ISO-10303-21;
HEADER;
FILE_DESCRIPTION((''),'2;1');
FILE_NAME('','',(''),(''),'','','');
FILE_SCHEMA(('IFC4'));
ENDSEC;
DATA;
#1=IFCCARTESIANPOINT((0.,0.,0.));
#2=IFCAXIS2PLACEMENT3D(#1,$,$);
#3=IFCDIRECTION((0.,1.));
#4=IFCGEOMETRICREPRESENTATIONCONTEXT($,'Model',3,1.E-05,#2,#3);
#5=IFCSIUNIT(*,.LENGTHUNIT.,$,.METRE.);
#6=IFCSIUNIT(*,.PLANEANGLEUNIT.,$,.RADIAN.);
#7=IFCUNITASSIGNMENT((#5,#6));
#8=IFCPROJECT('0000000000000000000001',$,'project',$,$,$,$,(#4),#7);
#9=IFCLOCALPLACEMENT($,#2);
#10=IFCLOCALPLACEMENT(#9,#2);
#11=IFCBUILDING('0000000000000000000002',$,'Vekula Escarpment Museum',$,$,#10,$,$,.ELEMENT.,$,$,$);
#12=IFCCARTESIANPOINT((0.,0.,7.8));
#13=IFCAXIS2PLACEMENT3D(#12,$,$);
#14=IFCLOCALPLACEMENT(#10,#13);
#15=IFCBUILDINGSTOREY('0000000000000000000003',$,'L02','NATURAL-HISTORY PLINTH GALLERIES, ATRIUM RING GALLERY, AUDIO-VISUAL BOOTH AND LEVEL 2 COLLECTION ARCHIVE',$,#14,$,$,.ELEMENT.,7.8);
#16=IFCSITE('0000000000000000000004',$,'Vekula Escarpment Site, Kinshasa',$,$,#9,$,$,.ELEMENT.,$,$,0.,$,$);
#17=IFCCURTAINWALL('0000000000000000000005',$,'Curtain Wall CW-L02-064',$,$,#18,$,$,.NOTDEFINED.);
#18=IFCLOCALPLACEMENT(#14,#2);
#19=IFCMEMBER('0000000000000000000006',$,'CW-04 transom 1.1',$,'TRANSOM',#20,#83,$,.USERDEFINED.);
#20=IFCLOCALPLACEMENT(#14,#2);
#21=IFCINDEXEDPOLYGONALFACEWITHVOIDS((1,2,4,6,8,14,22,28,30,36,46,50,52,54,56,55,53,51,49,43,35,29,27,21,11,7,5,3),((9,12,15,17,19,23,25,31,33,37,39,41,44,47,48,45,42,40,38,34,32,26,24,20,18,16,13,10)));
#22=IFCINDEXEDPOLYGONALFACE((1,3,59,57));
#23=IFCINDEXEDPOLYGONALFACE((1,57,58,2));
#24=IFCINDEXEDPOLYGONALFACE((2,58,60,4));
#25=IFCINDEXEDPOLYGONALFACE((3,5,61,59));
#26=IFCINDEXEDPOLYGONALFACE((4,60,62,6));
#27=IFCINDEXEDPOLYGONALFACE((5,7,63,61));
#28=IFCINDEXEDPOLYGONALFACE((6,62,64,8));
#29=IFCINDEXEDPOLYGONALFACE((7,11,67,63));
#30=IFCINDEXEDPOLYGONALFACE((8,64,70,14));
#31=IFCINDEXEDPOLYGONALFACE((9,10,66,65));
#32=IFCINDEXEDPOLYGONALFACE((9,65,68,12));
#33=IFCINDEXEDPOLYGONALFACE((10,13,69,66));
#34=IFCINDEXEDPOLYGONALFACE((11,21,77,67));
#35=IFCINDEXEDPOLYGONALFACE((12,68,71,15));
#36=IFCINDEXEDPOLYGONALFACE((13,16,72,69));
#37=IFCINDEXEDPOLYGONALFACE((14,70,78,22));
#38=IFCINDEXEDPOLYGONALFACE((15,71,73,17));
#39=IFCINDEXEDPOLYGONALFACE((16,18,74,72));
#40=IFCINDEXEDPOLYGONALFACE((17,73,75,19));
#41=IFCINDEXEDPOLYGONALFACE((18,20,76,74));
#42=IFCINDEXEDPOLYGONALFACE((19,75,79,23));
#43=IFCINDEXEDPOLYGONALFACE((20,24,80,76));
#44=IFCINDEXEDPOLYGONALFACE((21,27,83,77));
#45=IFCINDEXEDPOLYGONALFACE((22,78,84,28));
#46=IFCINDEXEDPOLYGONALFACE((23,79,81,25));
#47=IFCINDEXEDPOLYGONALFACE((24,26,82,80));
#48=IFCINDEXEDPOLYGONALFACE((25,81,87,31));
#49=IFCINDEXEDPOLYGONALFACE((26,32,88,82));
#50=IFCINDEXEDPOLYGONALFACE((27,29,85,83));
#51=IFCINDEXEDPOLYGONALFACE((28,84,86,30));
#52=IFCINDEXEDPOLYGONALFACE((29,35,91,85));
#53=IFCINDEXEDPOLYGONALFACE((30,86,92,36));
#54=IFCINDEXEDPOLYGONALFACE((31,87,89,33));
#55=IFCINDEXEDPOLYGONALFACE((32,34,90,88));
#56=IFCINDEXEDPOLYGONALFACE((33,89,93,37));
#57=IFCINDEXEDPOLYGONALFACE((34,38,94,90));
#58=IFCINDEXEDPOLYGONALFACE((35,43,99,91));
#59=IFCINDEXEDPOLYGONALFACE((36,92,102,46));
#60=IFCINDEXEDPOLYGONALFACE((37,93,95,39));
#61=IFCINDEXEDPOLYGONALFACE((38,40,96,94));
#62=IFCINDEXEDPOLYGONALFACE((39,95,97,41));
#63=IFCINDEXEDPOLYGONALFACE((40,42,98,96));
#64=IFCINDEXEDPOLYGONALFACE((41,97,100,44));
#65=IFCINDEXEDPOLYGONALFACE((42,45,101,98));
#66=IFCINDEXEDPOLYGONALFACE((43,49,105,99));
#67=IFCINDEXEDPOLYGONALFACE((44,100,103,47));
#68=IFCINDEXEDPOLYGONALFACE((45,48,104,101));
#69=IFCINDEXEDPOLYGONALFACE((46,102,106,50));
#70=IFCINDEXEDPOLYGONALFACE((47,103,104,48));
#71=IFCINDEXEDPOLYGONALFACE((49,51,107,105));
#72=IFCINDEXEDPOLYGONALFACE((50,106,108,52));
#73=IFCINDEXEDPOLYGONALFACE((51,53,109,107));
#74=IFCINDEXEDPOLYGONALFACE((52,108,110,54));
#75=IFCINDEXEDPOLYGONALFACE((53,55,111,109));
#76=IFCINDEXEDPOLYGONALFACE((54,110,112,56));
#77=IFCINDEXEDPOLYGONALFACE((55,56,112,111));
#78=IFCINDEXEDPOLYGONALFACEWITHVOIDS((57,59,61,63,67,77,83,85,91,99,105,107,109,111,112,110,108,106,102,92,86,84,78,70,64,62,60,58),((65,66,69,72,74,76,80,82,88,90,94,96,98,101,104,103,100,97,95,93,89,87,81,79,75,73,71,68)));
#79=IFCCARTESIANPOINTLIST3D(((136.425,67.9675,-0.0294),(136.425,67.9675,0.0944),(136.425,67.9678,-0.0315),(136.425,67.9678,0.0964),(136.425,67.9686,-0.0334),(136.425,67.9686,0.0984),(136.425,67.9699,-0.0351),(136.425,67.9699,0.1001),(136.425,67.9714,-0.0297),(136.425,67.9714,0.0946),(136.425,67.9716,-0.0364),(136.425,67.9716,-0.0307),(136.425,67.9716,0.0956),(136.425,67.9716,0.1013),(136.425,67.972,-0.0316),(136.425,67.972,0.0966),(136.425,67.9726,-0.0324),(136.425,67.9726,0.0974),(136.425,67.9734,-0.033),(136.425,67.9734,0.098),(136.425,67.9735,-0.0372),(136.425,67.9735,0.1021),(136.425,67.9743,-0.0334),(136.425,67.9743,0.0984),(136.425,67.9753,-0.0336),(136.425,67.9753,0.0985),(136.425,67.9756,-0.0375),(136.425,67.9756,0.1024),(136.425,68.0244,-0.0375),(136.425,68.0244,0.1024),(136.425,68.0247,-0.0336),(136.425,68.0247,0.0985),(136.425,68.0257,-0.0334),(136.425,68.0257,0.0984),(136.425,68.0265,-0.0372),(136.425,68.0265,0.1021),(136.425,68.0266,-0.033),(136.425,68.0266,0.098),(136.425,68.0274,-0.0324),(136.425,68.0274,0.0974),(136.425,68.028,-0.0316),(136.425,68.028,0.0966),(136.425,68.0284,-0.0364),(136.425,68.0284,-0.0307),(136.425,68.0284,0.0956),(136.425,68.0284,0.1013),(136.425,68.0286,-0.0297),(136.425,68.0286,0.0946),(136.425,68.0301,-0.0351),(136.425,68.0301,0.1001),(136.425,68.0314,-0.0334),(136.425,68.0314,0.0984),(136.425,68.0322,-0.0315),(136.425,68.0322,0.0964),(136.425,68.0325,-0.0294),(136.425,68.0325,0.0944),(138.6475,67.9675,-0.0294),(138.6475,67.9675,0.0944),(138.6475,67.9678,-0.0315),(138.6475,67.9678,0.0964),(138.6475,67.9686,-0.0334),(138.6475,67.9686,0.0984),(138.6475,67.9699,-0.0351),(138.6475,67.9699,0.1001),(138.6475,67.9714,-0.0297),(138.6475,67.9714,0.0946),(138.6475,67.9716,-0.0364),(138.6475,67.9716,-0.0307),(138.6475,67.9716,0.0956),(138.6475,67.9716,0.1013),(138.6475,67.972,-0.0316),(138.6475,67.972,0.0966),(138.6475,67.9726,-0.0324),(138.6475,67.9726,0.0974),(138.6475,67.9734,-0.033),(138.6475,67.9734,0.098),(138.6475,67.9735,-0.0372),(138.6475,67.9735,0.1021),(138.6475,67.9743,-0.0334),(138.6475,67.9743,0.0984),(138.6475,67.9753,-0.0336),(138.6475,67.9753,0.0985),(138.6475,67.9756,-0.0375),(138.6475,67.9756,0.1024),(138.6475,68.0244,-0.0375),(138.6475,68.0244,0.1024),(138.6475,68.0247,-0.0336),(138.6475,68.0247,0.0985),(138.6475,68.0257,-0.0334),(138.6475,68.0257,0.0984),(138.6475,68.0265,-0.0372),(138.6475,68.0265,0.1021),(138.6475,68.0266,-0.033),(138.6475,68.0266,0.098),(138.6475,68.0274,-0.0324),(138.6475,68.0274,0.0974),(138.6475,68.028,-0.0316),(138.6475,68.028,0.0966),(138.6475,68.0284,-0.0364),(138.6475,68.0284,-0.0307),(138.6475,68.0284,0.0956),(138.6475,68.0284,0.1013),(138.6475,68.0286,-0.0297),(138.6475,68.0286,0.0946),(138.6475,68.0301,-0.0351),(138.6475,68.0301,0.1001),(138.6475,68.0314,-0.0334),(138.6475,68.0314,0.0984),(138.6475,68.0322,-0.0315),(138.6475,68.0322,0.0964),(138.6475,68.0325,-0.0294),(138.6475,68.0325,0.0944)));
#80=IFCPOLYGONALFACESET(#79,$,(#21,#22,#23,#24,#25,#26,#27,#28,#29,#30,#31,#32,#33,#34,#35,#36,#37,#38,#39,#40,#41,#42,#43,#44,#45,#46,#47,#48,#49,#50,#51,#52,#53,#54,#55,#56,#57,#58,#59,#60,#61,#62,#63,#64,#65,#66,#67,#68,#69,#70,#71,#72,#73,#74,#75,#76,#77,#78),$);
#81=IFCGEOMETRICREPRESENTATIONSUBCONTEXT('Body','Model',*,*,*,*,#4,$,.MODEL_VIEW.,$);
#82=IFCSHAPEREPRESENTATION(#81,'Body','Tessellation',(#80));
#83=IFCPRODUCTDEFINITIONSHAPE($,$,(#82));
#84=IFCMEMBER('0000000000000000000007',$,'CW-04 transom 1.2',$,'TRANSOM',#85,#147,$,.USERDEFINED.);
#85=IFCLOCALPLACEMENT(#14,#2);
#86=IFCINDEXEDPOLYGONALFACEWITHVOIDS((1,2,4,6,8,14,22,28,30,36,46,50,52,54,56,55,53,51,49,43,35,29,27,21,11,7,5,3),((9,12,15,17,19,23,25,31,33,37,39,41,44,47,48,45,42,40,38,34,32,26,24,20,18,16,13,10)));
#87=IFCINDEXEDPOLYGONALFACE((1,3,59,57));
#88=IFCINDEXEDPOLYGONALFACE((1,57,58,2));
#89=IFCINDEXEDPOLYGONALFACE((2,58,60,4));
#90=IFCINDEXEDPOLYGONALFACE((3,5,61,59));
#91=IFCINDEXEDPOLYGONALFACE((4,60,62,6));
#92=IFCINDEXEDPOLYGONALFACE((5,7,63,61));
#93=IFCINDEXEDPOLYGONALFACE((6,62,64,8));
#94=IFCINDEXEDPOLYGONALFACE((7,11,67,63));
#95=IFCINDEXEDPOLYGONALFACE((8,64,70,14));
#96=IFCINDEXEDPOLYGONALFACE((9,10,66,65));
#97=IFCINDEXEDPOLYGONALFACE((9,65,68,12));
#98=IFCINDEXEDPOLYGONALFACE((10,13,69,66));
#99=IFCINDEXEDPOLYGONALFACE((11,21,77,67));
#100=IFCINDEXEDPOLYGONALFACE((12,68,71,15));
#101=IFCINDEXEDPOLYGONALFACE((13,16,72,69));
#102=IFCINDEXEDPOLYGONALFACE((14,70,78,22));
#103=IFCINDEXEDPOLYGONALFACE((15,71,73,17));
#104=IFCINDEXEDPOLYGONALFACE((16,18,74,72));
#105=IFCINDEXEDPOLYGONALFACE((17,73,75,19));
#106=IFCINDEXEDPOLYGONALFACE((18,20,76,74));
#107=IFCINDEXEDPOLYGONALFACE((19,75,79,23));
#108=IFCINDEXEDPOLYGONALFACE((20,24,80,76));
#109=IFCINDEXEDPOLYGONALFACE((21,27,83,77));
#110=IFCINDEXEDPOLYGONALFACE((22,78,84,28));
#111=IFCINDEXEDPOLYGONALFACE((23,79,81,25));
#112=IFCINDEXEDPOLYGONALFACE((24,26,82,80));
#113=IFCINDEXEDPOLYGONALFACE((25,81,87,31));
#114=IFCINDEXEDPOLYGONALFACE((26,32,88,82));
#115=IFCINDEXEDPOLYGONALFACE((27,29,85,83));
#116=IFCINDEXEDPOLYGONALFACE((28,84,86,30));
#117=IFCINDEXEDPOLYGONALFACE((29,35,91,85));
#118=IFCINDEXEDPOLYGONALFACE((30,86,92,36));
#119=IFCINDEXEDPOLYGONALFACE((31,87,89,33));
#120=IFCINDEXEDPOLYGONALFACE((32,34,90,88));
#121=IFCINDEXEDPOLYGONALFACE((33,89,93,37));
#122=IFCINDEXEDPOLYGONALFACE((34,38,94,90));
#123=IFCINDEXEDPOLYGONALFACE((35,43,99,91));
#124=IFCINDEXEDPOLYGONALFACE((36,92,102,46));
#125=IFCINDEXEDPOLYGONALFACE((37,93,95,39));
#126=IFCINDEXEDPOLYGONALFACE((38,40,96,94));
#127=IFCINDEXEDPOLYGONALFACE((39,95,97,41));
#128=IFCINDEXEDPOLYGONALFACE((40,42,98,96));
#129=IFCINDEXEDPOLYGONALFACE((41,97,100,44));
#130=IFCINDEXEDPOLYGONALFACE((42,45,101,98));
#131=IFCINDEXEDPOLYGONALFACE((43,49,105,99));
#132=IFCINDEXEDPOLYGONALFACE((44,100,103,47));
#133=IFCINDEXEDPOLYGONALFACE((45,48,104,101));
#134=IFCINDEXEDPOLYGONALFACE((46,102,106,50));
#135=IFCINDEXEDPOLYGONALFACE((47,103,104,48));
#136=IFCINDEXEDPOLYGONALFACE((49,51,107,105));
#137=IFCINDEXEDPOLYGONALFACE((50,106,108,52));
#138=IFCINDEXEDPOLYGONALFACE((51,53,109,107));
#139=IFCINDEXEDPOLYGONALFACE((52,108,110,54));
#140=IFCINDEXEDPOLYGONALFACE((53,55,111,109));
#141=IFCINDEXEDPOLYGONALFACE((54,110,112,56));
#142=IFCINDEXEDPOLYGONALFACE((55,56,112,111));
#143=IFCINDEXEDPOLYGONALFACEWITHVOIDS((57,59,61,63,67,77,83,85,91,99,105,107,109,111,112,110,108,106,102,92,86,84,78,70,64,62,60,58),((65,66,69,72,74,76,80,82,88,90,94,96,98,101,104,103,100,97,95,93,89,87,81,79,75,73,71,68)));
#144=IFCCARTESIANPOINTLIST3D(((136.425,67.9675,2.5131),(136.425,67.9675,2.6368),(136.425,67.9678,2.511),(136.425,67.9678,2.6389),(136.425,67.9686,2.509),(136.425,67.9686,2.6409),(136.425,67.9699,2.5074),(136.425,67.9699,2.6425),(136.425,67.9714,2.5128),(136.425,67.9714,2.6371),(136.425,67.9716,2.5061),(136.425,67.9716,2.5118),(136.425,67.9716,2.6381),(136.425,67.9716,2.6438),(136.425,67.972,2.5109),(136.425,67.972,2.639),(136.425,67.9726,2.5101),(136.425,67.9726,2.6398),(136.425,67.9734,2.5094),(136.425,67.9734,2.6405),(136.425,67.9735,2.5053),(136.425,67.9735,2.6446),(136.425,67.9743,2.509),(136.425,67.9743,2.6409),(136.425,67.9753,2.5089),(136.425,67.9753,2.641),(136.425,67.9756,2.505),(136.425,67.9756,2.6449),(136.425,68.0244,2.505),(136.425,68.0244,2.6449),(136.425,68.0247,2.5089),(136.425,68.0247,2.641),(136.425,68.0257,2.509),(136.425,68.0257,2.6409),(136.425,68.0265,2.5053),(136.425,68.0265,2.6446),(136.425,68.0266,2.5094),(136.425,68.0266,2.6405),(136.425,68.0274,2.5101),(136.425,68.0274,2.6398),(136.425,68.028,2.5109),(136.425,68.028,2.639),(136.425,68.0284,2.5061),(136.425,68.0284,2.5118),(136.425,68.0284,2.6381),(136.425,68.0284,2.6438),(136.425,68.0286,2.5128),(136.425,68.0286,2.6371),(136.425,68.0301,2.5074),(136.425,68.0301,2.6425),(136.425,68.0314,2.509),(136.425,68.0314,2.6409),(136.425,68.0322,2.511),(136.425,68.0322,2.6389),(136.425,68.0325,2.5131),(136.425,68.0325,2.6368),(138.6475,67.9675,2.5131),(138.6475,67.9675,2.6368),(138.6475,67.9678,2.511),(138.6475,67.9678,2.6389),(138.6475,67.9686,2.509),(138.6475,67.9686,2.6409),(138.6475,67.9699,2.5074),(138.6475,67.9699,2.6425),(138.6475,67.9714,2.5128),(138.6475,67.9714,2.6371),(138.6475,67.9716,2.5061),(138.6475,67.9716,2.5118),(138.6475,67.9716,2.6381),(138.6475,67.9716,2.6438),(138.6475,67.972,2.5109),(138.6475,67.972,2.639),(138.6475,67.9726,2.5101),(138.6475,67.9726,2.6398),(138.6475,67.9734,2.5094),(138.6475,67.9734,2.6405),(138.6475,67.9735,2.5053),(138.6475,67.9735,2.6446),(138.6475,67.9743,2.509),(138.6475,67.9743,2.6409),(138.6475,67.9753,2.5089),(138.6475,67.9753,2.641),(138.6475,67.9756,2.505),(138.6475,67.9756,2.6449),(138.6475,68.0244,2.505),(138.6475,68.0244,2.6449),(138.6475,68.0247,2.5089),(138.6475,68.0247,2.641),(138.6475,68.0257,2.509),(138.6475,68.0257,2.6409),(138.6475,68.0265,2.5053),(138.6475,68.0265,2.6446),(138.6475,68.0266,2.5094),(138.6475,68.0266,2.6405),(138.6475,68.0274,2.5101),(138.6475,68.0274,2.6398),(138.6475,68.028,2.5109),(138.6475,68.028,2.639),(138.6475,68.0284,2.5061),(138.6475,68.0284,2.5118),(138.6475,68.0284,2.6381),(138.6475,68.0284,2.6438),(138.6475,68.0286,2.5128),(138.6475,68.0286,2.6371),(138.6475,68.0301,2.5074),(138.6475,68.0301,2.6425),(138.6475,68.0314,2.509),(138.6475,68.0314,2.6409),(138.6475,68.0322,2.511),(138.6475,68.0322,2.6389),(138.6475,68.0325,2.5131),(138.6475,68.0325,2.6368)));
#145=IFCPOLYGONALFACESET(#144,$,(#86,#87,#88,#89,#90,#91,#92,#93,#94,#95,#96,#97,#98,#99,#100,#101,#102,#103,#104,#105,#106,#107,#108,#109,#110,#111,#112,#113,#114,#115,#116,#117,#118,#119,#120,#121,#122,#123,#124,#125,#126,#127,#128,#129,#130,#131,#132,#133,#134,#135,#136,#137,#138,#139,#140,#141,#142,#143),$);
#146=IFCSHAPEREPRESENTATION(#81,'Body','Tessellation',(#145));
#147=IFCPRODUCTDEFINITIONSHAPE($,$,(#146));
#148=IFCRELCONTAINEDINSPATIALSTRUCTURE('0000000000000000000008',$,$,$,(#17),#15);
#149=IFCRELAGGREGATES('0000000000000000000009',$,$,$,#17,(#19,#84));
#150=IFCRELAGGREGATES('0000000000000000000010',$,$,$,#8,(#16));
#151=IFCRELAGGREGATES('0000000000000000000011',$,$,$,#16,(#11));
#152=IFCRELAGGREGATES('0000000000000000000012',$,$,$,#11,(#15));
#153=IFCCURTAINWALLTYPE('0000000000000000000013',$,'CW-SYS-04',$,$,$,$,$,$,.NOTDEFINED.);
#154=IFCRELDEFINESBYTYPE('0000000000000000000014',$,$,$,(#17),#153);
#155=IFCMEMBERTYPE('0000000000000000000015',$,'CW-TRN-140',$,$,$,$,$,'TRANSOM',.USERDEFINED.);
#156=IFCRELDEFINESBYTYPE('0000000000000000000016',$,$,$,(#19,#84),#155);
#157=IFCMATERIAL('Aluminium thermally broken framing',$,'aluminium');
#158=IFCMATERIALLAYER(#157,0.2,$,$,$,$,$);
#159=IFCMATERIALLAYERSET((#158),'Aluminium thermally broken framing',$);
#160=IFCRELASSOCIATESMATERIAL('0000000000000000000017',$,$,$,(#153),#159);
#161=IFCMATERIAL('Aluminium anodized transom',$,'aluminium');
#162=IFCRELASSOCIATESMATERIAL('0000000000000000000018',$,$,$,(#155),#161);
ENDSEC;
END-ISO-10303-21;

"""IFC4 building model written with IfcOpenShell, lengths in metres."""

from ifc_helpers import new_model, si_unit, direction, frame, origin, origin_2d, place, context, subcontext, project, spatial, hollow_rectangle, extrude, material, layer, layer_set, material_profile, profile_set, type_object, element, aggregate, save


model = new_model("IFC4")

# Units and contexts
model_context = context("Model", 3, precision=1e-05, world=origin(), true_north=direction((0.0, 1.0)))
body_context = subcontext(model_context, "Body", "Model", "MODEL_VIEW")
ifc_project = project(units=[si_unit("LENGTHUNIT", "METRE"), si_unit("PLANEANGLEUNIT", "RADIAN")], contexts=[model_context])

# Site, building, storey
site_placement = place(None, origin())
site = spatial("IfcSite", under=ifc_project, at=site_placement, Name="Vekula Escarpment Site, Kinshasa", CompositionType="ELEMENT", RefElevation=0.0)
building_placement = place(site_placement, origin())
building = spatial("IfcBuilding", under=site, at=building_placement, Name="Vekula Escarpment Museum", CompositionType="ELEMENT")
storey_placement = place(building_placement, frame((0.0, 0.0, 7.8)))
storey = spatial("IfcBuildingStorey", under=building, at=storey_placement, Name="L02", Description="NATURAL-HISTORY PLINTH GALLERIES, ATRIUM RING GALLERY, AUDIO-VISUAL BOOTH AND LEVEL 2 COLLECTION ARCHIVE", CompositionType="ELEMENT", Elevation=7.8)

# Curtain wall, members
ifc_material_1 = material(Name="Aluminium thermally broken framing", Category="aluminium")
ifc_layer_1 = layer(ifc_material_1, 0.2)
ifc_layer_set_1 = layer_set([ifc_layer_1], Name="Aluminium thermally broken framing")
curtain_wall_type = type_object("IfcCurtainWallType", Name="CW-SYS-04", PredefinedType="NOTDEFINED", material=ifc_layer_set_1)
curtain_wall_placement = place(storey_placement, origin())
curtain_wall = element("IfcCurtainWall", 1, at=curtain_wall_placement, inside=storey, type_object=curtain_wall_type, Name="Curtain Wall CW-L02-064", PredefinedType="NOTDEFINED")
ifc_material_2 = material(Name="Aluminium anodized transom", Category="aluminium")
ifc_material_profile_1 = material_profile(ifc_material_2, hollow_rectangle(XDim=0.0649, YDim=0.1399, WallThickness=0.0039, InnerFilletRadius=0.0039, OuterFilletRadius=0.0081, at=origin_2d()), Name="ALU 140x65x4")
ifc_profile_set_1 = profile_set([ifc_material_profile_1], Name="Aluminium anodized transom")
member_type_1 = type_object("IfcMemberType", Name="CW-TRN-140", ElementType="TRANSOM", PredefinedType="USERDEFINED", material=ifc_profile_set_1)
member_1_placement = place(storey_placement, frame((136.425, 68.0, 0.0325), z_axis=(1.0, 0.0, 0.0), x_axis=(0.0, 1.0, 0.0)))
member_1 = element("IfcMember", 2, at=member_1_placement, type_object=member_type_1, Name="CW-04 transom 1.1", ObjectType="TRANSOM", PredefinedType="USERDEFINED", context=body_context, shape_type="SweptSolid", body=[
    extrude(hollow_rectangle(XDim=0.0649, YDim=0.1399, WallThickness=0.0039, InnerFilletRadius=0.0039, OuterFilletRadius=0.0081, at=origin_2d()), origin(), (0.0, 0.0, 1.0), 2.2224),
])
member_2_placement = place(storey_placement, frame((136.425, 68.0, 2.575), z_axis=(1.0, 0.0, 0.0), x_axis=(0.0, 1.0, 0.0)))
member_2 = element("IfcMember", 3, at=member_2_placement, type_object=member_type_1, Name="CW-04 transom 1.2", ObjectType="TRANSOM", PredefinedType="USERDEFINED", context=body_context, shape_type="SweptSolid", body=[
    extrude(hollow_rectangle(XDim=0.0649, YDim=0.1399, WallThickness=0.0039, InnerFilletRadius=0.0039, OuterFilletRadius=0.0081, at=origin_2d()), origin(), (0.0, 0.0, 1.0), 2.2224),
])
aggregate(curtain_wall, [member_1, member_2])

save(model, "model.ifc")
